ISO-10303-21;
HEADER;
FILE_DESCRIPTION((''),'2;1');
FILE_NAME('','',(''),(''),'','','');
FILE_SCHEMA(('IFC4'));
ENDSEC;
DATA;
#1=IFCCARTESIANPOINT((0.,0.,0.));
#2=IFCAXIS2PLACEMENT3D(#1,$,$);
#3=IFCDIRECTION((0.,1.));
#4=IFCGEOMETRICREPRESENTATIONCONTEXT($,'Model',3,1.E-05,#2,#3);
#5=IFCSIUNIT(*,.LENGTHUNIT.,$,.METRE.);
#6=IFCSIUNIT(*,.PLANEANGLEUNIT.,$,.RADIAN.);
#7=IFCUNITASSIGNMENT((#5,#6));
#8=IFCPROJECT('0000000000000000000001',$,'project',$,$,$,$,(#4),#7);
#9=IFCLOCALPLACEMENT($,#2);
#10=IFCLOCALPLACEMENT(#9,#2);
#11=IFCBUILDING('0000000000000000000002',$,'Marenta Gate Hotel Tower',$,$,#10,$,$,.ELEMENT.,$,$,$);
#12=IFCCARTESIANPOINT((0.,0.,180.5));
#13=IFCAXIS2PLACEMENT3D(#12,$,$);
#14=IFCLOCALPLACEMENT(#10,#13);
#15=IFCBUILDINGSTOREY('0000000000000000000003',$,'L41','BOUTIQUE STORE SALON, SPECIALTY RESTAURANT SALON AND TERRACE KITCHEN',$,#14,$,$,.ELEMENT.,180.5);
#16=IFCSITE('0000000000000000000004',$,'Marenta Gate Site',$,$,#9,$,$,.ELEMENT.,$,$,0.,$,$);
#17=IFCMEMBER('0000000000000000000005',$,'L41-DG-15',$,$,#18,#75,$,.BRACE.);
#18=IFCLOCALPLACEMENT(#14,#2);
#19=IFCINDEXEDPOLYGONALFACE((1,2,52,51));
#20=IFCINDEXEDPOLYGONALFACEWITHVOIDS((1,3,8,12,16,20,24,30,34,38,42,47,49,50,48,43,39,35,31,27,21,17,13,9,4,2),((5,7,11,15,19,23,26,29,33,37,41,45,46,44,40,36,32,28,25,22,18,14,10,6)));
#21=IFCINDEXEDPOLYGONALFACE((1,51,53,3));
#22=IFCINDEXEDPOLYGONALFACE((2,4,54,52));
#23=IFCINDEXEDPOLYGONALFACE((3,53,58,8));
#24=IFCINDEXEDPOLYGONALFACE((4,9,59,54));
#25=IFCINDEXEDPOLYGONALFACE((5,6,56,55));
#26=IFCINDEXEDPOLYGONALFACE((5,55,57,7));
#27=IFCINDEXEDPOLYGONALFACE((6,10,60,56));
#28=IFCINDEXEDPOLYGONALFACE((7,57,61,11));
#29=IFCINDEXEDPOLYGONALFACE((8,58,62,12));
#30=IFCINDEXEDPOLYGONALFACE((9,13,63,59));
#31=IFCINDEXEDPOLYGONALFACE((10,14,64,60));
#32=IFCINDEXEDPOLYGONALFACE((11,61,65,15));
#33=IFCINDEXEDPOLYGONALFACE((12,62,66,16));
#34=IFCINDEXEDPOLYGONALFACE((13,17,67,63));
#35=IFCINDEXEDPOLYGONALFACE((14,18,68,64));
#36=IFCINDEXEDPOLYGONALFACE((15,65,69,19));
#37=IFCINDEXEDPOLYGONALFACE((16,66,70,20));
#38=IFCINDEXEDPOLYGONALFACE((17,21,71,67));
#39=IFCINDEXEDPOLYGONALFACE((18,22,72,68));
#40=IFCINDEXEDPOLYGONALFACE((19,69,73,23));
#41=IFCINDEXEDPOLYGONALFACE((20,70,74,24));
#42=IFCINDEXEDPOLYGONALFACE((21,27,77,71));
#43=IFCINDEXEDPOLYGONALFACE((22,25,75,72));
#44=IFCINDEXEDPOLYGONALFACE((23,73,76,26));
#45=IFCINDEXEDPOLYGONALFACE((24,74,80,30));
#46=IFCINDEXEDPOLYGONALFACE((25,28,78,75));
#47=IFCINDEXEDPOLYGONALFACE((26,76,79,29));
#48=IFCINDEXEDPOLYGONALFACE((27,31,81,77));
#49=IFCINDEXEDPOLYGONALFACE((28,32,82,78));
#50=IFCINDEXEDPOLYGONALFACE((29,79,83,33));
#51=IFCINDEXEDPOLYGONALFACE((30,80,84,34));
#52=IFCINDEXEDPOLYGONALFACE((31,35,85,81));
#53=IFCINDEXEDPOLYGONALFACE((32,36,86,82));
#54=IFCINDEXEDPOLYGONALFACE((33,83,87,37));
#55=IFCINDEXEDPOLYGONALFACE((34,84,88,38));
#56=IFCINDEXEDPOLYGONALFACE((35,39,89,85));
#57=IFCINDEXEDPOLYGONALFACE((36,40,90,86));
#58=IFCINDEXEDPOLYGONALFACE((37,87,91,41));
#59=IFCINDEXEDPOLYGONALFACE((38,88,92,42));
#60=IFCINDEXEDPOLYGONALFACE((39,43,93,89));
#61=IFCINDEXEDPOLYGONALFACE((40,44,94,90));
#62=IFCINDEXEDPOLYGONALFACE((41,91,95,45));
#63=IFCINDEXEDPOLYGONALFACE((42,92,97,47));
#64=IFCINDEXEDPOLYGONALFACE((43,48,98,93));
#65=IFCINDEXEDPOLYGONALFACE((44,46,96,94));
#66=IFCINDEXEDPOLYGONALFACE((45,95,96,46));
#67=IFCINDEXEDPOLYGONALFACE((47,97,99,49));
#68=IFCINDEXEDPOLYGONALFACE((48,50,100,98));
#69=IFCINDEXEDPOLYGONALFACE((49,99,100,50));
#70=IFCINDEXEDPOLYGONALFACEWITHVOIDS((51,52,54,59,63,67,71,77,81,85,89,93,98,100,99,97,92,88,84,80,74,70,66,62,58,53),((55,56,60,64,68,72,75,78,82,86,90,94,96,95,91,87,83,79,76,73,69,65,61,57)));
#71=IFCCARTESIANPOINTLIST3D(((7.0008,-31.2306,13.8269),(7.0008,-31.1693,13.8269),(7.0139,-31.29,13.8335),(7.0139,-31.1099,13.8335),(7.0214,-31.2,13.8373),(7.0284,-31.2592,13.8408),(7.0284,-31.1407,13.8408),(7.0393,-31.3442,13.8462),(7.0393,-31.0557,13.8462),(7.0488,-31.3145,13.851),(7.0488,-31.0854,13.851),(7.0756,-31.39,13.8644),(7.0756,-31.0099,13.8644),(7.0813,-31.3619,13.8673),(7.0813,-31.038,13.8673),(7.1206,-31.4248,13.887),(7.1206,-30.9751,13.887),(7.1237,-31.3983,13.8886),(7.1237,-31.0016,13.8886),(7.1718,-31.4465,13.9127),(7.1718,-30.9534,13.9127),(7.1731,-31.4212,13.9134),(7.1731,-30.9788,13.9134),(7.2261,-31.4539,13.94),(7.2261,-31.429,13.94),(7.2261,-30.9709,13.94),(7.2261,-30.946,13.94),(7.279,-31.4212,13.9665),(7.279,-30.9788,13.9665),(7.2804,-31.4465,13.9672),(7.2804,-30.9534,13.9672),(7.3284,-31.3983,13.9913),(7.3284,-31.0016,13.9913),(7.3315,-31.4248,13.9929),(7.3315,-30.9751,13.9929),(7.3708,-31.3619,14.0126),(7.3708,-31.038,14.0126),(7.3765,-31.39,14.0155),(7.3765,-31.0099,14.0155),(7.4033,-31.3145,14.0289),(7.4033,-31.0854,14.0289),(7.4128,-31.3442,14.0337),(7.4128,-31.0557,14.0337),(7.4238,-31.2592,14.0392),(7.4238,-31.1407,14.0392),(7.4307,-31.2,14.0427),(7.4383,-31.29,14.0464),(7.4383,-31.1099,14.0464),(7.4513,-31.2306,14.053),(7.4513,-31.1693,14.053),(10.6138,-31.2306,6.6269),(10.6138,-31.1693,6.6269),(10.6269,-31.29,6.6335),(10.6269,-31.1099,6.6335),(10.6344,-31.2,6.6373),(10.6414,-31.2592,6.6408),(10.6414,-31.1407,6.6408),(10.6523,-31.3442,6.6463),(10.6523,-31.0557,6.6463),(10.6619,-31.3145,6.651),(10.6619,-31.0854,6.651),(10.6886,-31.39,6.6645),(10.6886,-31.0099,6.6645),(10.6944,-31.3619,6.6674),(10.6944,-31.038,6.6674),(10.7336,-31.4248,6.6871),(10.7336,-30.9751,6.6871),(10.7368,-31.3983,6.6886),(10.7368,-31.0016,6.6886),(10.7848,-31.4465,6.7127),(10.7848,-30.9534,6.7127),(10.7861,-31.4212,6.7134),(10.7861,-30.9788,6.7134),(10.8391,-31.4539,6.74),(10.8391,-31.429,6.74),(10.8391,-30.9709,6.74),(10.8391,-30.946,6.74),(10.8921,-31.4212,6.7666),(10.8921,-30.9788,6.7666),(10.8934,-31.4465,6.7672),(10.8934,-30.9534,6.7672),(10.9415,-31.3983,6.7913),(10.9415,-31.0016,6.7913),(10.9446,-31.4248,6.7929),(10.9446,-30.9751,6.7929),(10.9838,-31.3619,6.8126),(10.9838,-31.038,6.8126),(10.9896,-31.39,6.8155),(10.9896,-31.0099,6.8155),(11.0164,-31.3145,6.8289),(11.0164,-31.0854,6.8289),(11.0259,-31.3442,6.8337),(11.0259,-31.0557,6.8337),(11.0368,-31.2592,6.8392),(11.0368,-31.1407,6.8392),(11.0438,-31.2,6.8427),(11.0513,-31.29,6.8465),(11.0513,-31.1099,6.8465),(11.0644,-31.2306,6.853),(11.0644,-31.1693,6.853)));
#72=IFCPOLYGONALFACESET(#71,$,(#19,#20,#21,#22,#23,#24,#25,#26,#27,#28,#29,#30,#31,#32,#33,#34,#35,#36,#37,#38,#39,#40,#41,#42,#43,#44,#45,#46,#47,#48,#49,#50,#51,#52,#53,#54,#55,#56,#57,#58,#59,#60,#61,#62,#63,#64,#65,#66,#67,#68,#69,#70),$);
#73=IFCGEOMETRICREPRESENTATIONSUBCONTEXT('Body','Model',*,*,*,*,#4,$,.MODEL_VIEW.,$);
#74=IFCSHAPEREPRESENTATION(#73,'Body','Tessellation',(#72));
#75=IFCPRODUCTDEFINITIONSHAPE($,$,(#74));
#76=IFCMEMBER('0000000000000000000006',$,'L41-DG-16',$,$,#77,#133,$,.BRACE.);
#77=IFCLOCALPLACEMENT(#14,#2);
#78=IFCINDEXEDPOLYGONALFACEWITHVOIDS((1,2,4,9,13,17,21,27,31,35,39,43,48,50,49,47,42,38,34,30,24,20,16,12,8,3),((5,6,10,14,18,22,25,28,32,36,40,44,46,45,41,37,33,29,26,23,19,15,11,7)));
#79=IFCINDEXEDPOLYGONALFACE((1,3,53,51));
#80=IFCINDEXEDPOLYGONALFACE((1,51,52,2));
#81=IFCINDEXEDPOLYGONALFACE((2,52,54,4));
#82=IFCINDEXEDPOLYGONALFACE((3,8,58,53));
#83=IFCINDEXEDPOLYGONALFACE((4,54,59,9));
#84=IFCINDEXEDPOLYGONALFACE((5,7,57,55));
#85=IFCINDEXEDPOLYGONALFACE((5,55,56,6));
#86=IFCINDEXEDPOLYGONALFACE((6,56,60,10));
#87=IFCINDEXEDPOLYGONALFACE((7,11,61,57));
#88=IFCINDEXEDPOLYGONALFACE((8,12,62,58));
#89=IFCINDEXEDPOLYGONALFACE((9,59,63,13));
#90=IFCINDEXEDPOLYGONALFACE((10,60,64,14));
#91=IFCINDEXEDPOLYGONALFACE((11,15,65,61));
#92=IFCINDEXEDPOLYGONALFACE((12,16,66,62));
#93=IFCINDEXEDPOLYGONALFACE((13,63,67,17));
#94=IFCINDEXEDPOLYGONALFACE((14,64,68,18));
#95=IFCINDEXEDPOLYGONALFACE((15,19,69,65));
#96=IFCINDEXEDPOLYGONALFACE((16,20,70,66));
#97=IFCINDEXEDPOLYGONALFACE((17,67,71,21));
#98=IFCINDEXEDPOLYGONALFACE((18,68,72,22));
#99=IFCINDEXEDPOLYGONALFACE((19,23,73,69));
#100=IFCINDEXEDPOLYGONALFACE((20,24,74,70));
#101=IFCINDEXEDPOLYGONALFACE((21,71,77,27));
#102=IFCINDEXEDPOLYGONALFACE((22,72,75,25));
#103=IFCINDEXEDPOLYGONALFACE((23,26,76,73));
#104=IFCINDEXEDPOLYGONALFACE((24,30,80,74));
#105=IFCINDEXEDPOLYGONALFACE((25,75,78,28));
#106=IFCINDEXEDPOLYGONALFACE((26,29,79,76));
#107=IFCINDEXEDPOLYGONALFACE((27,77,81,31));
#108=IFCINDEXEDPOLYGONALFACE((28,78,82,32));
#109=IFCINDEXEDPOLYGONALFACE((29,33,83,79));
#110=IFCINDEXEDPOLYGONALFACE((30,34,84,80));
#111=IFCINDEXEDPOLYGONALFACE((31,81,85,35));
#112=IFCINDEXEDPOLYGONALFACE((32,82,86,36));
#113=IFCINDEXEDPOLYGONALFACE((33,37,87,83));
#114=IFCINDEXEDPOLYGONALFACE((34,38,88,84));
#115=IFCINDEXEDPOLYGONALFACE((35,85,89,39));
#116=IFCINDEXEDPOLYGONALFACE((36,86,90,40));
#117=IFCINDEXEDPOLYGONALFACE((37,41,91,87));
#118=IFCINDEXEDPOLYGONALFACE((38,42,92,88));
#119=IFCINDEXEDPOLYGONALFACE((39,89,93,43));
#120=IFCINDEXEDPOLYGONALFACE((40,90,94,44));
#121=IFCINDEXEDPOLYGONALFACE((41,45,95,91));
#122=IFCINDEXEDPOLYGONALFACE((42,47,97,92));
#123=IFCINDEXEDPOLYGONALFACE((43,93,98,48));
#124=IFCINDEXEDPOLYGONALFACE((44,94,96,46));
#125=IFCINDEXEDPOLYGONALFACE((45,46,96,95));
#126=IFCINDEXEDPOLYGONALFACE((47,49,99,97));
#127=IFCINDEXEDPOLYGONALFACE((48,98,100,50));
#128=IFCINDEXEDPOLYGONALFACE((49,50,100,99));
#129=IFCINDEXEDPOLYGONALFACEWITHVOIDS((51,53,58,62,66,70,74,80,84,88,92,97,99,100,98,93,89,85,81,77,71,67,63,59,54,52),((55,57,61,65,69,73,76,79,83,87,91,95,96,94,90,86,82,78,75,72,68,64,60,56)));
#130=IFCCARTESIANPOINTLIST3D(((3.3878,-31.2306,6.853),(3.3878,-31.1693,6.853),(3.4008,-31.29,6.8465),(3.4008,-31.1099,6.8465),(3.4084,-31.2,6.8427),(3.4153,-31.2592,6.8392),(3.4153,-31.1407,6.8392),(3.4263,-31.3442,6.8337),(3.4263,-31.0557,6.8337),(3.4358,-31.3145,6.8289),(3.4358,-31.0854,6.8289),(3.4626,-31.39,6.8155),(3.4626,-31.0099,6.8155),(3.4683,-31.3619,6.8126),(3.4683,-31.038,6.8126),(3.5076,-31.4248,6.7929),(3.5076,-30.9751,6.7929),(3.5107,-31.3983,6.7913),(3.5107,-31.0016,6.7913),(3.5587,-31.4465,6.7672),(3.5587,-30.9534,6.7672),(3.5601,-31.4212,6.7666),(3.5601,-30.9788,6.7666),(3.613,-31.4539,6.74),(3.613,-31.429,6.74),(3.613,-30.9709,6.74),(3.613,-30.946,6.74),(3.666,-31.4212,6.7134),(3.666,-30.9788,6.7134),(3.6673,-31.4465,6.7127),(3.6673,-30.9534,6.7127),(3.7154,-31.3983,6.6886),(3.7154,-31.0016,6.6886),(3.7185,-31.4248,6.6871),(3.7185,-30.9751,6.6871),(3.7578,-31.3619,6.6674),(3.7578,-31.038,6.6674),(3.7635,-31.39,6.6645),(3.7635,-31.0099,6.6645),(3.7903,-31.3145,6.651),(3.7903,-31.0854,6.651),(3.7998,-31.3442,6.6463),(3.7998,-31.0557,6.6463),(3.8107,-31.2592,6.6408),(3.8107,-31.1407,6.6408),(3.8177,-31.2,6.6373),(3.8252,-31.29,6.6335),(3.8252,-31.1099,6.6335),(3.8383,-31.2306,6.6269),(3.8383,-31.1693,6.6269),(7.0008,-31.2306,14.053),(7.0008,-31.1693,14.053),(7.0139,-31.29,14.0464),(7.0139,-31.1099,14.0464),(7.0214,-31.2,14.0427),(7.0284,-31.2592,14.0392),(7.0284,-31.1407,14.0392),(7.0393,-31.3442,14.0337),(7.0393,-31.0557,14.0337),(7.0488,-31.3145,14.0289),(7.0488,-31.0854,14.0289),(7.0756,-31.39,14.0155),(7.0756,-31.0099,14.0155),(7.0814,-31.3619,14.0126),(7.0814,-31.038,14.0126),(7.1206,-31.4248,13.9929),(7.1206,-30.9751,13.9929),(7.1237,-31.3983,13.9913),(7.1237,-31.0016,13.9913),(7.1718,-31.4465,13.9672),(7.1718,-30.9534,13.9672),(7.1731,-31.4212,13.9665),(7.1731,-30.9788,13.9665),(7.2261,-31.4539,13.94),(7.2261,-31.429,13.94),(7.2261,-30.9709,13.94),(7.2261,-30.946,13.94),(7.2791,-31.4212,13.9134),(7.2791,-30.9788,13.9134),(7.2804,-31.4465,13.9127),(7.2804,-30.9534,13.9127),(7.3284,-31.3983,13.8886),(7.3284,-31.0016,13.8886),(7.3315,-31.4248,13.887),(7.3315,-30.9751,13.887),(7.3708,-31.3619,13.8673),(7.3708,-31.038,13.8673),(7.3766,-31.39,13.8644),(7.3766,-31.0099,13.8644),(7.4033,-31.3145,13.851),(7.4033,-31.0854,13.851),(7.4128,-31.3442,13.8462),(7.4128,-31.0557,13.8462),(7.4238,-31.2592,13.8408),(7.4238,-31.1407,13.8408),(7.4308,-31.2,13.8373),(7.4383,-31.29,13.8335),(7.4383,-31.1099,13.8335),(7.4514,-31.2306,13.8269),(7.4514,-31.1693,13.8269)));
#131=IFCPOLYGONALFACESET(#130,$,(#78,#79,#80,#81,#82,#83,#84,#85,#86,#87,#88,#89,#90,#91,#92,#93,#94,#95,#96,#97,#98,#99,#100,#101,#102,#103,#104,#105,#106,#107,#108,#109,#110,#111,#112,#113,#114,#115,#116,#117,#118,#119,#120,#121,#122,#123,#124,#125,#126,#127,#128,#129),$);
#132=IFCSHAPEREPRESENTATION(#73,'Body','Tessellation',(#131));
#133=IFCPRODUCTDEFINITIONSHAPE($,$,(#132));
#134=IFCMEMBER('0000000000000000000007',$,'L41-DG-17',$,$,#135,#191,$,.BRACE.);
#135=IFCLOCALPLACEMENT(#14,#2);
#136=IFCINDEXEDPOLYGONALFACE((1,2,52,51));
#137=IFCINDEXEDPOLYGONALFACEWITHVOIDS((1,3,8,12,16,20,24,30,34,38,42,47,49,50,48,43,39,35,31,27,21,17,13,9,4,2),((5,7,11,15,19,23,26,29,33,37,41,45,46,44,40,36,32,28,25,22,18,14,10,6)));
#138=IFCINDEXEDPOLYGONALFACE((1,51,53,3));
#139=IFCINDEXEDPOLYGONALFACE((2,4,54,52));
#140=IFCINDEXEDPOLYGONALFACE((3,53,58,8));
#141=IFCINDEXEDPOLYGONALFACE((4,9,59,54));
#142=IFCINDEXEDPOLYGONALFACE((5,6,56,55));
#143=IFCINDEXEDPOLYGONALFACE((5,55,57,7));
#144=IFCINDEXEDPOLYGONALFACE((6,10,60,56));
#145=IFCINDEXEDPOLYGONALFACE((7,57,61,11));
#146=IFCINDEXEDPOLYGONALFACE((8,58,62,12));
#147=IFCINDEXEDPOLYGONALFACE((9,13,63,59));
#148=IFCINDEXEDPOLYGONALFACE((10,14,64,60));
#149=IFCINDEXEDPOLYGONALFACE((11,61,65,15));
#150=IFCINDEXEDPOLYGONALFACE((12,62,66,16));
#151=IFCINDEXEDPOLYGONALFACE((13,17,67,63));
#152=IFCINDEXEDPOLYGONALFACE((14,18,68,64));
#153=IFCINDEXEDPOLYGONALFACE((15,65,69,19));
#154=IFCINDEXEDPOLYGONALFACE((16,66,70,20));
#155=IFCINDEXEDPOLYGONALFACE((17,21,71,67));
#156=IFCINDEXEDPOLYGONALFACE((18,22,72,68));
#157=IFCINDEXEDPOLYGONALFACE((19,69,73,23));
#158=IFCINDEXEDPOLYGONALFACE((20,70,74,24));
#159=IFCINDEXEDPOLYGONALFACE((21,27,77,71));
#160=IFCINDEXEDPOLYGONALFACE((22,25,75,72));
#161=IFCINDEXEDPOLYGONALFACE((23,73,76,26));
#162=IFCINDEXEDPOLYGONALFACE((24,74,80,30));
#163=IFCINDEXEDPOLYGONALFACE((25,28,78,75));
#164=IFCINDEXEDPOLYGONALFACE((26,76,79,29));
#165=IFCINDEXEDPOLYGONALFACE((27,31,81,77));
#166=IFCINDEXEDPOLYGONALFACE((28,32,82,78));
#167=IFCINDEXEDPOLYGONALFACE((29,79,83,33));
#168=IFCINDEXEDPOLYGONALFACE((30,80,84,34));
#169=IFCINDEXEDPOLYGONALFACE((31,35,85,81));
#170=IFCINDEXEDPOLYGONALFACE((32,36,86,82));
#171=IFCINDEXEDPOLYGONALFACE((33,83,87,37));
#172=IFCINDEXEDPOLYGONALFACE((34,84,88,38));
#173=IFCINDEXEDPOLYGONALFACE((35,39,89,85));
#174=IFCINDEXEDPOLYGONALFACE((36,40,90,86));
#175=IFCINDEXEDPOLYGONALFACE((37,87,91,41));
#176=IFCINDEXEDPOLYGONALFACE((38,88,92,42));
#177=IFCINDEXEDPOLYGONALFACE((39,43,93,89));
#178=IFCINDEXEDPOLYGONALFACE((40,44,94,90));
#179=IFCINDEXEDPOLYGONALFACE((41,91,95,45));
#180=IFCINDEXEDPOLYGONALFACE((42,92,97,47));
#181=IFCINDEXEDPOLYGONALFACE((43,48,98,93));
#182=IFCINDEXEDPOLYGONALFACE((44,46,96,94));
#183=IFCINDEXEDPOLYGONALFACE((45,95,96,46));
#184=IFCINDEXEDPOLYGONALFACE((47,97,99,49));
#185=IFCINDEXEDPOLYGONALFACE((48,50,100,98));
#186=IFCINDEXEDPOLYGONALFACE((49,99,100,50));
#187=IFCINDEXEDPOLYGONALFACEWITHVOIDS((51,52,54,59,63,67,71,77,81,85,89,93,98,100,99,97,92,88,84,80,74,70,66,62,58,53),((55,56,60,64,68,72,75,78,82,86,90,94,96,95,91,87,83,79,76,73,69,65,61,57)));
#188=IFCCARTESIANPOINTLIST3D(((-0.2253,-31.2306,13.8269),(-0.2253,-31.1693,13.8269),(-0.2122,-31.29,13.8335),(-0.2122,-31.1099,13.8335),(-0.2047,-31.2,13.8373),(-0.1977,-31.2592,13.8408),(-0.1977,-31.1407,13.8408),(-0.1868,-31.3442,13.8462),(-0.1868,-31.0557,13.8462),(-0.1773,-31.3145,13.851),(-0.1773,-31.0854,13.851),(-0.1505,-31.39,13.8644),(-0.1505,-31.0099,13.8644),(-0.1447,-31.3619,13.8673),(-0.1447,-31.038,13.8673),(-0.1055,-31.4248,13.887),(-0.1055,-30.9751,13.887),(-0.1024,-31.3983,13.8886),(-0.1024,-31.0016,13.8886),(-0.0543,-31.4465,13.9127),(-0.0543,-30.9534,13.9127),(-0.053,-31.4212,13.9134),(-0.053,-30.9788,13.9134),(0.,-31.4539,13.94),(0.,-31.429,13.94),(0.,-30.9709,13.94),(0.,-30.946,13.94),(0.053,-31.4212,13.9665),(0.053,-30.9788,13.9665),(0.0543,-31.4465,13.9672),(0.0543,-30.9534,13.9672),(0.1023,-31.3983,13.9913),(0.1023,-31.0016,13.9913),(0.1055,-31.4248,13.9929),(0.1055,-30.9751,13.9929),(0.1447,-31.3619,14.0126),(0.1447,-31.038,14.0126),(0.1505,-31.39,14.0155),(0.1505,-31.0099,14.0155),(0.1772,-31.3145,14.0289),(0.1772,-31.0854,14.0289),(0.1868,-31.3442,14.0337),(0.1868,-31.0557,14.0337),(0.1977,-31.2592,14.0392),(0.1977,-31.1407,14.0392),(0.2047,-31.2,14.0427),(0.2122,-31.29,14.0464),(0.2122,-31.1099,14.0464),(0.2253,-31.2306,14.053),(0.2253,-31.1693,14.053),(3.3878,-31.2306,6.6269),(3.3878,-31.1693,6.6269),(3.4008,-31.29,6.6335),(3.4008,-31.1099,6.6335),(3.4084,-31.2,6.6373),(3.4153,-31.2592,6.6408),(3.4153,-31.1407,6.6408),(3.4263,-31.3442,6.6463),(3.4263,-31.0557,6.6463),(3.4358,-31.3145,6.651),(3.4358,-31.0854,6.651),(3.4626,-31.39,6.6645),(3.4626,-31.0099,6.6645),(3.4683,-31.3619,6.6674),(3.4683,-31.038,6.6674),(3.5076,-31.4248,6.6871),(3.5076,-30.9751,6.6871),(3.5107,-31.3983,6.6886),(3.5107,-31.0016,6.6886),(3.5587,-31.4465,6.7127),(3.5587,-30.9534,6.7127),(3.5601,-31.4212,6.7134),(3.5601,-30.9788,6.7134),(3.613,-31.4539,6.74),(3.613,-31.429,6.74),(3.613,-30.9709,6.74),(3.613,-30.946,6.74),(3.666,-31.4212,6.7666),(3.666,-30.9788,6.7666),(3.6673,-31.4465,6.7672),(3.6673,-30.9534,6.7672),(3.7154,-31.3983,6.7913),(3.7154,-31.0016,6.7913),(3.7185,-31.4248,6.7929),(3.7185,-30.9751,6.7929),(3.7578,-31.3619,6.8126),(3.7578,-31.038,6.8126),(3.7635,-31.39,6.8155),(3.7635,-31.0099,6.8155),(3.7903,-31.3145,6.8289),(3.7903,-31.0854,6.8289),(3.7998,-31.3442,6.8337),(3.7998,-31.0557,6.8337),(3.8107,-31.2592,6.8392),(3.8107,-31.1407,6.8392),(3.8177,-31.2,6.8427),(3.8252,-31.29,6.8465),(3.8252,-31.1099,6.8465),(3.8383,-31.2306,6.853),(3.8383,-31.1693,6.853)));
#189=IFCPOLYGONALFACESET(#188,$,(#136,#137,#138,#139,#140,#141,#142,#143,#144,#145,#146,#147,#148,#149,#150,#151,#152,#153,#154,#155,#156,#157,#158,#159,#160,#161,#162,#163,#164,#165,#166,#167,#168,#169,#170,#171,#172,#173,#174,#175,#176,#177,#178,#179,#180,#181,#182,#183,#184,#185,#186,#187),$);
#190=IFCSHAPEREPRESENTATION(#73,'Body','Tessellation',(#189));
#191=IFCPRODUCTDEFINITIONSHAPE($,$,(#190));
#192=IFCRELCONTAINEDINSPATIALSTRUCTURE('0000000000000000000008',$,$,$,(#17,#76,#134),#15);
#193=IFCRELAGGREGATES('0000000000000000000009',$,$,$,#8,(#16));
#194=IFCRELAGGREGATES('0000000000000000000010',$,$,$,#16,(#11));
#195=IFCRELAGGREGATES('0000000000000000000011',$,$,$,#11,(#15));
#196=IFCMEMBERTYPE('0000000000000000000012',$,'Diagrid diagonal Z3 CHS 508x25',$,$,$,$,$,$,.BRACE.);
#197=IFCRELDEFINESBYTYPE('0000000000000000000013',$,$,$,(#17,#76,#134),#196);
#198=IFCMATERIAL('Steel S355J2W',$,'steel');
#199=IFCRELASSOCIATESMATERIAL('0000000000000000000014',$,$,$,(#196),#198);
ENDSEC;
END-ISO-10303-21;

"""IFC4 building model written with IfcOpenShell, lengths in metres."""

from ifc_helpers import new_model, si_unit, direction, frame, origin, origin_2d, place, context, subcontext, project, spatial, hollow_circle, extrude, material, material_profile, profile_set, type_object, element, save


model = new_model("IFC4")

# Units and contexts
model_context = context("Model", 3, precision=1e-05, world=origin(), true_north=direction((0.0, 1.0)))
body_context = subcontext(model_context, "Body", "Model", "MODEL_VIEW")
ifc_project = project(units=[si_unit("LENGTHUNIT", "METRE"), si_unit("PLANEANGLEUNIT", "RADIAN")], contexts=[model_context])

# Site, building, storey
site_placement = place(None, origin())
site = spatial("IfcSite", under=ifc_project, at=site_placement, Name="Marenta Gate Site", CompositionType="ELEMENT", RefElevation=0.0)
building_placement = place(site_placement, origin())
building = spatial("IfcBuilding", under=site, at=building_placement, Name="Marenta Gate Hotel Tower", CompositionType="ELEMENT")
storey_placement = place(building_placement, frame((0.0, 0.0, 180.5)))
storey = spatial("IfcBuildingStorey", under=building, at=storey_placement, Name="L41", Description="BOUTIQUE STORE SALON, SPECIALTY RESTAURANT SALON AND TERRACE KITCHEN", CompositionType="ELEMENT", Elevation=180.5)

# Members
ifc_material_1 = material(Name="Steel S355J2W", Category="steel")
ifc_material_profile_1 = material_profile(ifc_material_1, hollow_circle(Radius=0.2539, WallThickness=0.0249, at=origin_2d()), Name="CHS 508x25")
ifc_profile_set_1 = profile_set([ifc_material_profile_1], Name="Steel S355J2W")
member_type_1 = type_object("IfcMemberType", Name="Diagrid diagonal Z3 CHS 508x25", PredefinedType="BRACE", material=ifc_profile_set_1)
for number, where, z_axis, x_axis, name in (
    (1, (10.8391, -31.2, 6.74), (-0.44851, 0.0, 0.893778), (0.0, -1.0, 0.0), "L41-DG-15"),
    (2, (3.613, -31.2, 6.74), (0.44851, 0.0, 0.893778), (0.0, 1.0, 0.0), "L41-DG-16"),
    (3, (3.613, -31.2, 6.74), (-0.44851, 0.0, 0.893778), (0.0, -1.0, 0.0), "L41-DG-17"),
):
    element("IfcMember", number, at=place(storey_placement, frame(where, z_axis=z_axis, x_axis=x_axis)), inside=storey, type_object=member_type_1, Name=name, PredefinedType="BRACE", context=body_context, shape_type="SweptSolid", body=[
        extrude(hollow_circle(Radius=0.2539, WallThickness=0.0249, at=origin_2d()), origin(), (0.0, 0.0, 1.0), 8.0557),
    ])

save(model, "model.ifc")
